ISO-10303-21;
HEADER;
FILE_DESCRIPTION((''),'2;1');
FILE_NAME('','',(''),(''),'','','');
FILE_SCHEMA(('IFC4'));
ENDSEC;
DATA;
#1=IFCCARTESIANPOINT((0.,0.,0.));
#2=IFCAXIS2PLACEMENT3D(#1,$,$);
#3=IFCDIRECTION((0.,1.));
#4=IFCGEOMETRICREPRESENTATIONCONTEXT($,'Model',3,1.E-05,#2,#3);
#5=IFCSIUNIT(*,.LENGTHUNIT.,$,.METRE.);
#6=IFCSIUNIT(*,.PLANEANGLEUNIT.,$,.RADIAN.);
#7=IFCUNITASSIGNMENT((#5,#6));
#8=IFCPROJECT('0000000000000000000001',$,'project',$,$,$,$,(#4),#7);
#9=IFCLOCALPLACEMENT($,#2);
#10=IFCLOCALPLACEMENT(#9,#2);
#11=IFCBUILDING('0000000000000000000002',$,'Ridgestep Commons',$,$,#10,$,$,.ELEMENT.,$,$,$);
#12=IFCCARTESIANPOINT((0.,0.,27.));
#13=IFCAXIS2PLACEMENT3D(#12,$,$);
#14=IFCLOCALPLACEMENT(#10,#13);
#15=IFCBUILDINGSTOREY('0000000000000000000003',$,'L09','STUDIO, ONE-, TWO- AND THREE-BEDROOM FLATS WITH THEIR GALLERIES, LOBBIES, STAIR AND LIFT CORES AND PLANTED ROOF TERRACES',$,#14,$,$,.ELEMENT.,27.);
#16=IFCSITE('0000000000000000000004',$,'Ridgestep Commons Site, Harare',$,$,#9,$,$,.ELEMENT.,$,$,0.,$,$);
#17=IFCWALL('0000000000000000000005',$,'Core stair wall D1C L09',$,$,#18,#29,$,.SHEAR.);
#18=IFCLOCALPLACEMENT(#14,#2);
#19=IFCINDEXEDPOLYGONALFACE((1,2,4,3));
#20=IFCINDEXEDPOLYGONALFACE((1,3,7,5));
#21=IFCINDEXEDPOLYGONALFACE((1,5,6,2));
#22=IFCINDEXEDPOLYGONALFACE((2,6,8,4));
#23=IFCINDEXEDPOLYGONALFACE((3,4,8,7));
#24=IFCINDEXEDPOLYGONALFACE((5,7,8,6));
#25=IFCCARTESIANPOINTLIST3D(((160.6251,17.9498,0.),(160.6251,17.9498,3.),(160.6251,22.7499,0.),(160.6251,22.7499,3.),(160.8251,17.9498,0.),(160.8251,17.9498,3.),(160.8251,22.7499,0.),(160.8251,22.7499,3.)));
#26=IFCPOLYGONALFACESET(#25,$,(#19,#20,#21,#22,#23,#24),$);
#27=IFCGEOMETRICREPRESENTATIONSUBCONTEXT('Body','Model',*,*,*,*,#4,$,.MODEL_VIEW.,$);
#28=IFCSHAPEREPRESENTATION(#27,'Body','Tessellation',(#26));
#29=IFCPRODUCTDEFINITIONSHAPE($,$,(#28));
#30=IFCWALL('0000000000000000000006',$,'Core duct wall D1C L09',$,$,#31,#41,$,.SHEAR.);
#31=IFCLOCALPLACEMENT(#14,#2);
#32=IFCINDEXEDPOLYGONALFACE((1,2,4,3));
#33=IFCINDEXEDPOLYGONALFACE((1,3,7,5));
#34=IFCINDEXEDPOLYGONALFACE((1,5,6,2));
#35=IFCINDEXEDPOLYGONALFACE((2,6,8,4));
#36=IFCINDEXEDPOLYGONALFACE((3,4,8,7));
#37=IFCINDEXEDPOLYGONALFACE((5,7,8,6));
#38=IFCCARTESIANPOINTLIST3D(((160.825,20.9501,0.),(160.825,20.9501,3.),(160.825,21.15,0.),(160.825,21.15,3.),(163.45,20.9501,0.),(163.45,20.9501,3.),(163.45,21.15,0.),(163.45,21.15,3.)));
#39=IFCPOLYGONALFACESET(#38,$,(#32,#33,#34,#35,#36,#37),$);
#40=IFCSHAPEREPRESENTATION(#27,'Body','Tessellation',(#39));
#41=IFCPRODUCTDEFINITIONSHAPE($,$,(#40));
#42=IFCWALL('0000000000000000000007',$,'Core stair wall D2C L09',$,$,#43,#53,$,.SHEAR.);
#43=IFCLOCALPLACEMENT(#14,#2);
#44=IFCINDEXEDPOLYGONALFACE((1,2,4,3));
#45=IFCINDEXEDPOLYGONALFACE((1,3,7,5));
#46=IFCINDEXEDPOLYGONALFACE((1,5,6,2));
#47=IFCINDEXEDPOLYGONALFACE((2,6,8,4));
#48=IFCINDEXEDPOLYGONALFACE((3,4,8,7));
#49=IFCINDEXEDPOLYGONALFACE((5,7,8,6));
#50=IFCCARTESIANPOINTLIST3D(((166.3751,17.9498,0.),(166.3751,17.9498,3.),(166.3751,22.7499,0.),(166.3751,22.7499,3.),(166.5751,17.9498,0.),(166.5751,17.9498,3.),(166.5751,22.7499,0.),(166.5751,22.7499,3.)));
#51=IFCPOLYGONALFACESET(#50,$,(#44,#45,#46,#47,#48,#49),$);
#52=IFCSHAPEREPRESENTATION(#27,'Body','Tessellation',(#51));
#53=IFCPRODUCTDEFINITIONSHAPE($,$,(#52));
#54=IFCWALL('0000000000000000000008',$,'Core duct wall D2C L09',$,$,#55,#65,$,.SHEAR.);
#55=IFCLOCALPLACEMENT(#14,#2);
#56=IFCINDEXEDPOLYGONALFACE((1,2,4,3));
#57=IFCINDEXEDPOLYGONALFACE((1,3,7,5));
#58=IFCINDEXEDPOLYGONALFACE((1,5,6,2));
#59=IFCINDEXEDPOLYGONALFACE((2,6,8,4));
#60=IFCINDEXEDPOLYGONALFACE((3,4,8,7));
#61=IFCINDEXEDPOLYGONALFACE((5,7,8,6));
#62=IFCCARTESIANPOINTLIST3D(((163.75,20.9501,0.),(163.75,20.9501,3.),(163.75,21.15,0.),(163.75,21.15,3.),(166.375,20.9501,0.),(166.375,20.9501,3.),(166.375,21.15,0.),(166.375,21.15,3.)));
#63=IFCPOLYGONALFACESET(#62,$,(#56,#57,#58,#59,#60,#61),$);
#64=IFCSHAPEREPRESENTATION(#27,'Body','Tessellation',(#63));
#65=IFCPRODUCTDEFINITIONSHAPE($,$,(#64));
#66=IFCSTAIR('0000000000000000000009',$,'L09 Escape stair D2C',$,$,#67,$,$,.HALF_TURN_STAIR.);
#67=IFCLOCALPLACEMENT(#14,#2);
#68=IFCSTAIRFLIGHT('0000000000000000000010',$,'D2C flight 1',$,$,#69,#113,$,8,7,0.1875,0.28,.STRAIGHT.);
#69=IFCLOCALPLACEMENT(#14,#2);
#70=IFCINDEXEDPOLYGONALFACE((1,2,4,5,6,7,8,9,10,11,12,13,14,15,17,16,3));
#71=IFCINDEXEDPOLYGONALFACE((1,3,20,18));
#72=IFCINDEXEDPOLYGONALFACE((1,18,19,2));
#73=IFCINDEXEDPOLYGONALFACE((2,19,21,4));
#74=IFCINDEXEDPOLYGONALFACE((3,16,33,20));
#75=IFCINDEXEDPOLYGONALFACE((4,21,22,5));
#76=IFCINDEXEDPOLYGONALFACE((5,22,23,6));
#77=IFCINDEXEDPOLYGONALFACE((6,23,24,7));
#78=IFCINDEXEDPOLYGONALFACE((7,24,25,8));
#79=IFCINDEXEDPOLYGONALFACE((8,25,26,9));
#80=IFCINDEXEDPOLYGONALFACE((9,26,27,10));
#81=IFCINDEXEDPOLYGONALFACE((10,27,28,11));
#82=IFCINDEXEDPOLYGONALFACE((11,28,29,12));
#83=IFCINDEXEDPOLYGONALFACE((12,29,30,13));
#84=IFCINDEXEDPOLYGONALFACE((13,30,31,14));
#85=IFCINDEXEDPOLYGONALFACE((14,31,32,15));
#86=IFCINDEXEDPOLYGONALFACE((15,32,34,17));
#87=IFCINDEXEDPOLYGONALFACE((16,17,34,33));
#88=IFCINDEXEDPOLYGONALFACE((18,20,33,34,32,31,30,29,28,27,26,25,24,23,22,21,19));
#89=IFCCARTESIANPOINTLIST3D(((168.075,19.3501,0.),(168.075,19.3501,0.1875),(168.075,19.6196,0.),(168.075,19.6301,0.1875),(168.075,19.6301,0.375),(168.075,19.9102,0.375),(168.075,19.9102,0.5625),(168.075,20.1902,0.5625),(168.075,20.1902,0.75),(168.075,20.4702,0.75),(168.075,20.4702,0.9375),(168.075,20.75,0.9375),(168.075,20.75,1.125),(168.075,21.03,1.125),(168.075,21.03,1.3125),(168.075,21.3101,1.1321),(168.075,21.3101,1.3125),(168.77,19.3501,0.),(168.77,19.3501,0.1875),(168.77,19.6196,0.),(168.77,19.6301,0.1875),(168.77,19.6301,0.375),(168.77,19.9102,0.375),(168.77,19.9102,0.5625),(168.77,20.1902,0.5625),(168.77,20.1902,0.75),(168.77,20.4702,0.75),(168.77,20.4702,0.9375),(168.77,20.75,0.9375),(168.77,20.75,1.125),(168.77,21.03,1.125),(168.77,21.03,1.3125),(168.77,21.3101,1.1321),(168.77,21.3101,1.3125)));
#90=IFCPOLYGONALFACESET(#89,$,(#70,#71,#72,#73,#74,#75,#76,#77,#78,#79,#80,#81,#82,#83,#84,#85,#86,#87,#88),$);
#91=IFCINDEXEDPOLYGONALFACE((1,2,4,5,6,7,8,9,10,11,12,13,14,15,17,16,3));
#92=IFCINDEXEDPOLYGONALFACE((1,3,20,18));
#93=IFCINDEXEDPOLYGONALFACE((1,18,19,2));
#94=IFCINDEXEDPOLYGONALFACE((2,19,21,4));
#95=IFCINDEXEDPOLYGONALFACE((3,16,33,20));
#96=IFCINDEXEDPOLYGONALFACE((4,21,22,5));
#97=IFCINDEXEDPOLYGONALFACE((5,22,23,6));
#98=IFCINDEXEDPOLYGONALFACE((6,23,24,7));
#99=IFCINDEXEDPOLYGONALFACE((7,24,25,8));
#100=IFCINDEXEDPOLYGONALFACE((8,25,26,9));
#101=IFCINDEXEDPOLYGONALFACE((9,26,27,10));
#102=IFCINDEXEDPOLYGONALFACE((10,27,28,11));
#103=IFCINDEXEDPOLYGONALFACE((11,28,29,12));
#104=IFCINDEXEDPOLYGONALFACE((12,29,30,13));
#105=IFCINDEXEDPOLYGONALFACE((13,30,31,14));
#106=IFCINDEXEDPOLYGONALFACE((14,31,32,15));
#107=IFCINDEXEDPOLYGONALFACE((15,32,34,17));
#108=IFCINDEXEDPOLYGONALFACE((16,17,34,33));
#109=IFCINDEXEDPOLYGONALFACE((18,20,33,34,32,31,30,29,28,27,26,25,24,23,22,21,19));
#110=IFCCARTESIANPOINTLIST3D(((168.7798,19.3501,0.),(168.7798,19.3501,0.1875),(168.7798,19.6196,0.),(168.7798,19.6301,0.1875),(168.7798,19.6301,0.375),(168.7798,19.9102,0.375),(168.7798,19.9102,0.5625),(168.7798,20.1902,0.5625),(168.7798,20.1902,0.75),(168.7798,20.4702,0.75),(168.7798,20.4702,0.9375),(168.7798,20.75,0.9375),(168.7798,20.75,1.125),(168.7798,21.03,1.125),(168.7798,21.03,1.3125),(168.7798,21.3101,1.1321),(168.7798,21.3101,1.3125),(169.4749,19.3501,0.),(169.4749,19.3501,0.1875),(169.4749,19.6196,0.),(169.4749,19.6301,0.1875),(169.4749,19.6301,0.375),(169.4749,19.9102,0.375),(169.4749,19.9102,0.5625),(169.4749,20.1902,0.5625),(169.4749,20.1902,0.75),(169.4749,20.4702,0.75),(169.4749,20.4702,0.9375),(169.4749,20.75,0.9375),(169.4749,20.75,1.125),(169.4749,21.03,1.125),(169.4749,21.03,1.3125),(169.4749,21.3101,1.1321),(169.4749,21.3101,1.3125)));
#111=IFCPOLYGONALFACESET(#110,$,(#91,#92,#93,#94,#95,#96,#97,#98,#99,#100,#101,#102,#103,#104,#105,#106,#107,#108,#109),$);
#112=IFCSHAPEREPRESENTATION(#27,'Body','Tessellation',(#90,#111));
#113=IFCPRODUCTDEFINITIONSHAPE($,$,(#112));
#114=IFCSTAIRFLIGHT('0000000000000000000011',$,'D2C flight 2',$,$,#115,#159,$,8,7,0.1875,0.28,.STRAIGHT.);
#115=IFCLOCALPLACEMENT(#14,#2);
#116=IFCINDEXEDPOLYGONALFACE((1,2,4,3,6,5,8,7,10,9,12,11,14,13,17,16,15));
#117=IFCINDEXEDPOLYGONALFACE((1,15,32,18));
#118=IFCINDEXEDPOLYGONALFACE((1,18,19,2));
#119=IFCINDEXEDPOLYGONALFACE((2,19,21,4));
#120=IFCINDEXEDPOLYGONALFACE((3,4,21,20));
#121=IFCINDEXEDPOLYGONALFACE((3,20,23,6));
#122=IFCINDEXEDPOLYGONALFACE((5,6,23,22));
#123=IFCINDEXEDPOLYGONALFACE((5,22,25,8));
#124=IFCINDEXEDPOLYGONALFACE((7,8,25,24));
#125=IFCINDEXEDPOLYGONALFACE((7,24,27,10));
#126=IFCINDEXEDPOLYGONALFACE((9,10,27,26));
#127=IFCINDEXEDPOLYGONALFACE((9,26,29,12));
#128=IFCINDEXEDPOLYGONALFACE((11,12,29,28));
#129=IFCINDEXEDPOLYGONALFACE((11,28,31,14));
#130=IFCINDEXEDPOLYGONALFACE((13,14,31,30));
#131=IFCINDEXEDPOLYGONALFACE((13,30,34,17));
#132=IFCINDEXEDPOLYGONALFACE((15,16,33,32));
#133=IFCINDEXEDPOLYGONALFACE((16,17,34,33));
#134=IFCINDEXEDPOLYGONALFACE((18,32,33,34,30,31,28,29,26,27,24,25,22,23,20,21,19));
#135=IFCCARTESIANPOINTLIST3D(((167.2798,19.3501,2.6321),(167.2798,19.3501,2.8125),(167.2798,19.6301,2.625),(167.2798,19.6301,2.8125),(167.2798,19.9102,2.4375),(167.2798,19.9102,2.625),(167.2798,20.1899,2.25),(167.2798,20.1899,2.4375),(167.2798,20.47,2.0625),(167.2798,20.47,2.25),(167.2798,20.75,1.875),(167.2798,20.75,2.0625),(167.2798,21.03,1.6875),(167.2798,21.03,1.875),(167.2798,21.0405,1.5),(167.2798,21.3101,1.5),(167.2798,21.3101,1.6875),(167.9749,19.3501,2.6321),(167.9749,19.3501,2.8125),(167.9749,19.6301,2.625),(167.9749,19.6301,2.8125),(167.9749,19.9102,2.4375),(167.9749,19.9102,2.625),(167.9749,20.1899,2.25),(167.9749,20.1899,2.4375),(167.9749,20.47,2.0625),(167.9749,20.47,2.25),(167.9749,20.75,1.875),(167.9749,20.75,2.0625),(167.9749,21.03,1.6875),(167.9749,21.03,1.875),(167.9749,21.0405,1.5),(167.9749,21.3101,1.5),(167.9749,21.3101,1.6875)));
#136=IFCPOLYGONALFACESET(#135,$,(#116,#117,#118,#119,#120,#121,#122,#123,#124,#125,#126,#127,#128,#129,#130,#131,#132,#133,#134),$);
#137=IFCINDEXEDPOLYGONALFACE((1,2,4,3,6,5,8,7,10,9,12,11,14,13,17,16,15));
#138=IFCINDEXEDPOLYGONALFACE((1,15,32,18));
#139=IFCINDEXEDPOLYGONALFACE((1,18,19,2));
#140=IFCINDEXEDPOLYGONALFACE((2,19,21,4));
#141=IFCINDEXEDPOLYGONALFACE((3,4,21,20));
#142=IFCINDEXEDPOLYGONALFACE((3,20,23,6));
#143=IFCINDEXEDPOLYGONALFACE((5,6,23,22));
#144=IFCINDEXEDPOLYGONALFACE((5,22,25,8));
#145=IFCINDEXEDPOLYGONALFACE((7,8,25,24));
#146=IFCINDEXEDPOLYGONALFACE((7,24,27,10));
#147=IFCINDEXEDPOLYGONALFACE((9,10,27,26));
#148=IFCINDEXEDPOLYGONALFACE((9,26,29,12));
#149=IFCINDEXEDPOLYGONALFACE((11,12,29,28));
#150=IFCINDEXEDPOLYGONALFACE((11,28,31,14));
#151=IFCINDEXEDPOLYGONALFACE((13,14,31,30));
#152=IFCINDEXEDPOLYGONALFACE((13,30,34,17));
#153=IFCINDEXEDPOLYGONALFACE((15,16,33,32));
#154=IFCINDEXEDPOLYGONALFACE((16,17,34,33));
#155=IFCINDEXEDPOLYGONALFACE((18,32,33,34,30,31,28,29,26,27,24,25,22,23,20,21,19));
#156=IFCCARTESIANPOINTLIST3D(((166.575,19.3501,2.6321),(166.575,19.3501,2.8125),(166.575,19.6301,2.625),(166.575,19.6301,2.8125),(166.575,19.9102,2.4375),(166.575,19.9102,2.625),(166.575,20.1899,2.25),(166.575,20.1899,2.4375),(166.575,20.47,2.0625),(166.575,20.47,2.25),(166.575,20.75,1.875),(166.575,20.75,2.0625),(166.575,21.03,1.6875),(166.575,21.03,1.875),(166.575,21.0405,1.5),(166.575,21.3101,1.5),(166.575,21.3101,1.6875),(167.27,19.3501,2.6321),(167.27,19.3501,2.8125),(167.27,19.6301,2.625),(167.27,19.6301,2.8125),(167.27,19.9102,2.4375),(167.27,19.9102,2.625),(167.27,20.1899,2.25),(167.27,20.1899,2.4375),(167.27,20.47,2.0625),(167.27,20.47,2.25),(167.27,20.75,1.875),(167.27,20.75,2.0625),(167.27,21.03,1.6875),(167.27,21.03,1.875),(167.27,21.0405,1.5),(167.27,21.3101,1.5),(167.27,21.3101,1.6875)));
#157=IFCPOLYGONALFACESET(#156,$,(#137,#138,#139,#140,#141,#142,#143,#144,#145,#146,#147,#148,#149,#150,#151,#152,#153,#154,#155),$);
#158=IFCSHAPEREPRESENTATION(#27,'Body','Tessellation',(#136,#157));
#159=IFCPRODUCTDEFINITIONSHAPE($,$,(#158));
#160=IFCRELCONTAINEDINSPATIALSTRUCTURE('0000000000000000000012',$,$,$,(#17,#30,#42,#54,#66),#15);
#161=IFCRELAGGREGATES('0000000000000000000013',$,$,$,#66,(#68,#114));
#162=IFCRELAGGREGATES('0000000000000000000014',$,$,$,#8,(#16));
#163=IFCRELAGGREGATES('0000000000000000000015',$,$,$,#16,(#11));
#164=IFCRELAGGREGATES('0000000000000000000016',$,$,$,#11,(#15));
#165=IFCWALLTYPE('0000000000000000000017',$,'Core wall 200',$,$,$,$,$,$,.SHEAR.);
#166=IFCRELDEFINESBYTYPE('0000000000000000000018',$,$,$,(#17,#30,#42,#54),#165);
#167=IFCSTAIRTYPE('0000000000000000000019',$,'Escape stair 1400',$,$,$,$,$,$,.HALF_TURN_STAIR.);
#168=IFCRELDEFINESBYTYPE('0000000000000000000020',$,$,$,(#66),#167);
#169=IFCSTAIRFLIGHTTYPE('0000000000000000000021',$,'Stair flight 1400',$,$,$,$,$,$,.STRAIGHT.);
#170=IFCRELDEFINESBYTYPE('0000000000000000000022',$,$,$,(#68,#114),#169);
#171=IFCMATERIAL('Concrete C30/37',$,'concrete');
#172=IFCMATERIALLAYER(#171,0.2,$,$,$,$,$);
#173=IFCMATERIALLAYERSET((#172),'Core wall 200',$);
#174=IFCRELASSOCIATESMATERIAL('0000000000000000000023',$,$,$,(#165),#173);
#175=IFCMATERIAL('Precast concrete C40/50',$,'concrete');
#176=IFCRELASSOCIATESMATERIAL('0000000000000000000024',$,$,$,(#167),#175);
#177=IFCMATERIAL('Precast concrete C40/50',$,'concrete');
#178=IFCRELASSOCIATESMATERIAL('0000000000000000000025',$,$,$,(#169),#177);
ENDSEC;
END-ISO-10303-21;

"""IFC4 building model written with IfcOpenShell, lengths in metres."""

from ifc_helpers import new_model, si_unit, direction, frame, frame_2d, origin, place, context, subcontext, project, spatial, polyline, rectangle, outline, extrude, material, layer, layer_set, type_object, element, aggregate, save


model = new_model("IFC4")

# Units and contexts
model_context = context("Model", 3, precision=1e-05, world=origin(), true_north=direction((0.0, 1.0)))
body_context = subcontext(model_context, "Body", "Model", "MODEL_VIEW")
ifc_project = project(units=[si_unit("LENGTHUNIT", "METRE"), si_unit("PLANEANGLEUNIT", "RADIAN")], contexts=[model_context])

# Site, building, storey
site_placement = place(None, origin())
site = spatial("IfcSite", under=ifc_project, at=site_placement, Name="Ridgestep Commons Site, Harare", CompositionType="ELEMENT", RefElevation=0.0)
building_placement = place(site_placement, origin())
building = spatial("IfcBuilding", under=site, at=building_placement, Name="Ridgestep Commons", CompositionType="ELEMENT")
storey_placement = place(building_placement, frame((0.0, 0.0, 27.0)))
storey = spatial("IfcBuildingStorey", under=building, at=storey_placement, Name="L09", Description="STUDIO, ONE-, TWO- AND THREE-BEDROOM FLATS WITH THEIR GALLERIES, LOBBIES, STAIR AND LIFT CORES AND PLANTED ROOF TERRACES", CompositionType="ELEMENT", Elevation=27.0)

# Walls
ifc_material_1 = material(Name="Concrete C30/37", Category="concrete")
ifc_layer = layer(ifc_material_1, 0.2)
ifc_layer_set = layer_set([ifc_layer], Name="Core wall 200")
wall_type = type_object("IfcWallType", Name="Core wall 200", PredefinedType="SHEAR", material=ifc_layer_set)
wall_1_placement = place(storey_placement, frame((160.7251, 17.95, 0.0), z_axis=(0.0, 0.0, 1.0), x_axis=(0.0, 1.0, 0.0)))
element("IfcWall", 1, at=wall_1_placement, inside=storey, type_object=wall_type, Name="Core stair wall D1C L09", PredefinedType="SHEAR", context=body_context, shape_type="SweptSolid", body=[
    extrude(rectangle(XDim=4.8, YDim=0.2, at=frame_2d((2.3999, 0.0))), origin(), (0.0, 0.0, 1.0), 3.0),
])
wall_2_placement = place(storey_placement, frame((160.825, 21.05, 0.0), z_axis=(0.0, 0.0, 1.0), x_axis=(1.0, 0.0, 0.0)))
element("IfcWall", 2, at=wall_2_placement, inside=storey, type_object=wall_type, Name="Core duct wall D1C L09", PredefinedType="SHEAR", context=body_context, shape_type="SweptSolid", body=[
    extrude(rectangle(XDim=2.625, YDim=0.2, at=frame_2d((1.3125, 0.0))), origin(), (0.0, 0.0, 1.0), 3.0),
])
wall_3_placement = place(storey_placement, frame((166.4751, 17.95, 0.0), z_axis=(0.0, 0.0, 1.0), x_axis=(0.0, 1.0, 0.0)))
element("IfcWall", 3, at=wall_3_placement, inside=storey, type_object=wall_type, Name="Core stair wall D2C L09", PredefinedType="SHEAR", context=body_context, shape_type="SweptSolid", body=[
    extrude(rectangle(XDim=4.8, YDim=0.2, at=frame_2d((2.3999, 0.0))), origin(), (0.0, 0.0, 1.0), 3.0),
])
wall_4_placement = place(storey_placement, frame((163.75, 21.05, 0.0), z_axis=(0.0, 0.0, 1.0), x_axis=(1.0, 0.0, 0.0)))
element("IfcWall", 4, at=wall_4_placement, inside=storey, type_object=wall_type, Name="Core duct wall D2C L09", PredefinedType="SHEAR", context=body_context, shape_type="SweptSolid", body=[
    extrude(rectangle(XDim=2.625, YDim=0.2, at=frame_2d((1.3125, 0.0))), origin(), (0.0, 0.0, 1.0), 3.0),
])

# Stair, stair flights
ifc_material_2 = material(Name="Precast concrete C40/50", Category="concrete")
stair_type = type_object("IfcStairType", Name="Escape stair 1400", PredefinedType="HALF_TURN_STAIR", material=ifc_material_2)
stair_placement = place(storey_placement, origin())
stair = element("IfcStair", 5, at=stair_placement, inside=storey, type_object=stair_type, Name="L09 Escape stair D2C", PredefinedType="HALF_TURN_STAIR")
ifc_material_3 = material(Name="Precast concrete C40/50", Category="concrete")
stair_flight_type = type_object("IfcStairFlightType", Name="Stair flight 1400", PredefinedType="STRAIGHT", material=ifc_material_3)
stair_flight_1_placement = place(storey_placement, frame((168.7749, 19.3501, 0.0), z_axis=(0.0, 0.0, 1.0), x_axis=(0.0, 1.0, 0.0)))
stair_flight_1 = element("IfcStairFlight", 6, at=stair_flight_1_placement, type_object=stair_flight_type, Name="D2C flight 1", NumberOfRisers=8, NumberOfTreads=7, PredefinedType="STRAIGHT", RiserHeight=0.1875, TreadLength=0.28, context=body_context, shape_type="SweptSolid", body=[
    extrude(outline(polyline([(0.0, 0.0), (0.0, 0.1875), (0.28, 0.1875), (0.28, 0.375), (0.5601, 0.375), (0.5601, 0.5625), (0.8401, 0.5625), (0.8401, 0.75), (1.1201, 0.75), (1.1201, 0.9375), (1.3999, 0.9375), (1.3999, 1.125), (1.6799, 1.125), (1.6799, 1.3125), (1.96, 1.3125), (1.96, 1.5), (1.96, 1.1321), (0.2695, 0.0), (0.0, 0.0)])), frame((0.0, 0.7, 0.0), z_axis=(0.0, -1.0, 0.0), x_axis=(1.0, 0.0, 0.0)), (0.0, 0.0, 1.0), 0.6951),
    extrude(outline(polyline([(0.0, 0.0), (0.0, 0.1875), (0.28, 0.1875), (0.28, 0.375), (0.5601, 0.375), (0.5601, 0.5625), (0.8401, 0.5625), (0.8401, 0.75), (1.1201, 0.75), (1.1201, 0.9375), (1.3999, 0.9375), (1.3999, 1.125), (1.6799, 1.125), (1.6799, 1.3125), (1.96, 1.3125), (1.96, 1.5), (1.96, 1.1321), (0.2695, 0.0), (0.0, 0.0)])), frame((0.0, -0.0049, 0.0), z_axis=(0.0, -1.0, 0.0), x_axis=(1.0, 0.0, 0.0)), (0.0, 0.0, 1.0), 0.6951),
])
stair_flight_2_placement = place(storey_placement, frame((167.2749, 21.3101, 1.5), z_axis=(0.0, 0.0, 1.0), x_axis=(0.0, -1.0, 0.0)))
stair_flight_2 = element("IfcStairFlight", 7, at=stair_flight_2_placement, type_object=stair_flight_type, Name="D2C flight 2", NumberOfRisers=8, NumberOfTreads=7, PredefinedType="STRAIGHT", RiserHeight=0.1875, TreadLength=0.28, context=body_context, shape_type="SweptSolid", body=[
    extrude(outline(polyline([(0.0, 0.0), (0.0, 0.1875), (0.28, 0.1875), (0.28, 0.375), (0.5601, 0.375), (0.5601, 0.5625), (0.8401, 0.5625), (0.8401, 0.75), (1.1201, 0.75), (1.1201, 0.9375), (1.3999, 0.9375), (1.3999, 1.125), (1.6799, 1.125), (1.6799, 1.3125), (1.96, 1.3125), (1.96, 1.5), (1.96, 1.1321), (0.2695, 0.0), (0.0, 0.0)])), frame((0.0, 0.7, 0.0), z_axis=(0.0, -1.0, 0.0), x_axis=(1.0, 0.0, 0.0)), (0.0, 0.0, 1.0), 0.6951),
    extrude(outline(polyline([(0.0, 0.0), (0.0, 0.1875), (0.28, 0.1875), (0.28, 0.375), (0.5601, 0.375), (0.5601, 0.5625), (0.8401, 0.5625), (0.8401, 0.75), (1.1201, 0.75), (1.1201, 0.9375), (1.3999, 0.9375), (1.3999, 1.125), (1.6799, 1.125), (1.6799, 1.3125), (1.96, 1.3125), (1.96, 1.5), (1.96, 1.1321), (0.2695, 0.0), (0.0, 0.0)])), frame((0.0, -0.0049, 0.0), z_axis=(0.0, -1.0, 0.0), x_axis=(1.0, 0.0, 0.0)), (0.0, 0.0, 1.0), 0.6951),
])
aggregate(stair, [stair_flight_1, stair_flight_2])

save(model, "model.ifc")
